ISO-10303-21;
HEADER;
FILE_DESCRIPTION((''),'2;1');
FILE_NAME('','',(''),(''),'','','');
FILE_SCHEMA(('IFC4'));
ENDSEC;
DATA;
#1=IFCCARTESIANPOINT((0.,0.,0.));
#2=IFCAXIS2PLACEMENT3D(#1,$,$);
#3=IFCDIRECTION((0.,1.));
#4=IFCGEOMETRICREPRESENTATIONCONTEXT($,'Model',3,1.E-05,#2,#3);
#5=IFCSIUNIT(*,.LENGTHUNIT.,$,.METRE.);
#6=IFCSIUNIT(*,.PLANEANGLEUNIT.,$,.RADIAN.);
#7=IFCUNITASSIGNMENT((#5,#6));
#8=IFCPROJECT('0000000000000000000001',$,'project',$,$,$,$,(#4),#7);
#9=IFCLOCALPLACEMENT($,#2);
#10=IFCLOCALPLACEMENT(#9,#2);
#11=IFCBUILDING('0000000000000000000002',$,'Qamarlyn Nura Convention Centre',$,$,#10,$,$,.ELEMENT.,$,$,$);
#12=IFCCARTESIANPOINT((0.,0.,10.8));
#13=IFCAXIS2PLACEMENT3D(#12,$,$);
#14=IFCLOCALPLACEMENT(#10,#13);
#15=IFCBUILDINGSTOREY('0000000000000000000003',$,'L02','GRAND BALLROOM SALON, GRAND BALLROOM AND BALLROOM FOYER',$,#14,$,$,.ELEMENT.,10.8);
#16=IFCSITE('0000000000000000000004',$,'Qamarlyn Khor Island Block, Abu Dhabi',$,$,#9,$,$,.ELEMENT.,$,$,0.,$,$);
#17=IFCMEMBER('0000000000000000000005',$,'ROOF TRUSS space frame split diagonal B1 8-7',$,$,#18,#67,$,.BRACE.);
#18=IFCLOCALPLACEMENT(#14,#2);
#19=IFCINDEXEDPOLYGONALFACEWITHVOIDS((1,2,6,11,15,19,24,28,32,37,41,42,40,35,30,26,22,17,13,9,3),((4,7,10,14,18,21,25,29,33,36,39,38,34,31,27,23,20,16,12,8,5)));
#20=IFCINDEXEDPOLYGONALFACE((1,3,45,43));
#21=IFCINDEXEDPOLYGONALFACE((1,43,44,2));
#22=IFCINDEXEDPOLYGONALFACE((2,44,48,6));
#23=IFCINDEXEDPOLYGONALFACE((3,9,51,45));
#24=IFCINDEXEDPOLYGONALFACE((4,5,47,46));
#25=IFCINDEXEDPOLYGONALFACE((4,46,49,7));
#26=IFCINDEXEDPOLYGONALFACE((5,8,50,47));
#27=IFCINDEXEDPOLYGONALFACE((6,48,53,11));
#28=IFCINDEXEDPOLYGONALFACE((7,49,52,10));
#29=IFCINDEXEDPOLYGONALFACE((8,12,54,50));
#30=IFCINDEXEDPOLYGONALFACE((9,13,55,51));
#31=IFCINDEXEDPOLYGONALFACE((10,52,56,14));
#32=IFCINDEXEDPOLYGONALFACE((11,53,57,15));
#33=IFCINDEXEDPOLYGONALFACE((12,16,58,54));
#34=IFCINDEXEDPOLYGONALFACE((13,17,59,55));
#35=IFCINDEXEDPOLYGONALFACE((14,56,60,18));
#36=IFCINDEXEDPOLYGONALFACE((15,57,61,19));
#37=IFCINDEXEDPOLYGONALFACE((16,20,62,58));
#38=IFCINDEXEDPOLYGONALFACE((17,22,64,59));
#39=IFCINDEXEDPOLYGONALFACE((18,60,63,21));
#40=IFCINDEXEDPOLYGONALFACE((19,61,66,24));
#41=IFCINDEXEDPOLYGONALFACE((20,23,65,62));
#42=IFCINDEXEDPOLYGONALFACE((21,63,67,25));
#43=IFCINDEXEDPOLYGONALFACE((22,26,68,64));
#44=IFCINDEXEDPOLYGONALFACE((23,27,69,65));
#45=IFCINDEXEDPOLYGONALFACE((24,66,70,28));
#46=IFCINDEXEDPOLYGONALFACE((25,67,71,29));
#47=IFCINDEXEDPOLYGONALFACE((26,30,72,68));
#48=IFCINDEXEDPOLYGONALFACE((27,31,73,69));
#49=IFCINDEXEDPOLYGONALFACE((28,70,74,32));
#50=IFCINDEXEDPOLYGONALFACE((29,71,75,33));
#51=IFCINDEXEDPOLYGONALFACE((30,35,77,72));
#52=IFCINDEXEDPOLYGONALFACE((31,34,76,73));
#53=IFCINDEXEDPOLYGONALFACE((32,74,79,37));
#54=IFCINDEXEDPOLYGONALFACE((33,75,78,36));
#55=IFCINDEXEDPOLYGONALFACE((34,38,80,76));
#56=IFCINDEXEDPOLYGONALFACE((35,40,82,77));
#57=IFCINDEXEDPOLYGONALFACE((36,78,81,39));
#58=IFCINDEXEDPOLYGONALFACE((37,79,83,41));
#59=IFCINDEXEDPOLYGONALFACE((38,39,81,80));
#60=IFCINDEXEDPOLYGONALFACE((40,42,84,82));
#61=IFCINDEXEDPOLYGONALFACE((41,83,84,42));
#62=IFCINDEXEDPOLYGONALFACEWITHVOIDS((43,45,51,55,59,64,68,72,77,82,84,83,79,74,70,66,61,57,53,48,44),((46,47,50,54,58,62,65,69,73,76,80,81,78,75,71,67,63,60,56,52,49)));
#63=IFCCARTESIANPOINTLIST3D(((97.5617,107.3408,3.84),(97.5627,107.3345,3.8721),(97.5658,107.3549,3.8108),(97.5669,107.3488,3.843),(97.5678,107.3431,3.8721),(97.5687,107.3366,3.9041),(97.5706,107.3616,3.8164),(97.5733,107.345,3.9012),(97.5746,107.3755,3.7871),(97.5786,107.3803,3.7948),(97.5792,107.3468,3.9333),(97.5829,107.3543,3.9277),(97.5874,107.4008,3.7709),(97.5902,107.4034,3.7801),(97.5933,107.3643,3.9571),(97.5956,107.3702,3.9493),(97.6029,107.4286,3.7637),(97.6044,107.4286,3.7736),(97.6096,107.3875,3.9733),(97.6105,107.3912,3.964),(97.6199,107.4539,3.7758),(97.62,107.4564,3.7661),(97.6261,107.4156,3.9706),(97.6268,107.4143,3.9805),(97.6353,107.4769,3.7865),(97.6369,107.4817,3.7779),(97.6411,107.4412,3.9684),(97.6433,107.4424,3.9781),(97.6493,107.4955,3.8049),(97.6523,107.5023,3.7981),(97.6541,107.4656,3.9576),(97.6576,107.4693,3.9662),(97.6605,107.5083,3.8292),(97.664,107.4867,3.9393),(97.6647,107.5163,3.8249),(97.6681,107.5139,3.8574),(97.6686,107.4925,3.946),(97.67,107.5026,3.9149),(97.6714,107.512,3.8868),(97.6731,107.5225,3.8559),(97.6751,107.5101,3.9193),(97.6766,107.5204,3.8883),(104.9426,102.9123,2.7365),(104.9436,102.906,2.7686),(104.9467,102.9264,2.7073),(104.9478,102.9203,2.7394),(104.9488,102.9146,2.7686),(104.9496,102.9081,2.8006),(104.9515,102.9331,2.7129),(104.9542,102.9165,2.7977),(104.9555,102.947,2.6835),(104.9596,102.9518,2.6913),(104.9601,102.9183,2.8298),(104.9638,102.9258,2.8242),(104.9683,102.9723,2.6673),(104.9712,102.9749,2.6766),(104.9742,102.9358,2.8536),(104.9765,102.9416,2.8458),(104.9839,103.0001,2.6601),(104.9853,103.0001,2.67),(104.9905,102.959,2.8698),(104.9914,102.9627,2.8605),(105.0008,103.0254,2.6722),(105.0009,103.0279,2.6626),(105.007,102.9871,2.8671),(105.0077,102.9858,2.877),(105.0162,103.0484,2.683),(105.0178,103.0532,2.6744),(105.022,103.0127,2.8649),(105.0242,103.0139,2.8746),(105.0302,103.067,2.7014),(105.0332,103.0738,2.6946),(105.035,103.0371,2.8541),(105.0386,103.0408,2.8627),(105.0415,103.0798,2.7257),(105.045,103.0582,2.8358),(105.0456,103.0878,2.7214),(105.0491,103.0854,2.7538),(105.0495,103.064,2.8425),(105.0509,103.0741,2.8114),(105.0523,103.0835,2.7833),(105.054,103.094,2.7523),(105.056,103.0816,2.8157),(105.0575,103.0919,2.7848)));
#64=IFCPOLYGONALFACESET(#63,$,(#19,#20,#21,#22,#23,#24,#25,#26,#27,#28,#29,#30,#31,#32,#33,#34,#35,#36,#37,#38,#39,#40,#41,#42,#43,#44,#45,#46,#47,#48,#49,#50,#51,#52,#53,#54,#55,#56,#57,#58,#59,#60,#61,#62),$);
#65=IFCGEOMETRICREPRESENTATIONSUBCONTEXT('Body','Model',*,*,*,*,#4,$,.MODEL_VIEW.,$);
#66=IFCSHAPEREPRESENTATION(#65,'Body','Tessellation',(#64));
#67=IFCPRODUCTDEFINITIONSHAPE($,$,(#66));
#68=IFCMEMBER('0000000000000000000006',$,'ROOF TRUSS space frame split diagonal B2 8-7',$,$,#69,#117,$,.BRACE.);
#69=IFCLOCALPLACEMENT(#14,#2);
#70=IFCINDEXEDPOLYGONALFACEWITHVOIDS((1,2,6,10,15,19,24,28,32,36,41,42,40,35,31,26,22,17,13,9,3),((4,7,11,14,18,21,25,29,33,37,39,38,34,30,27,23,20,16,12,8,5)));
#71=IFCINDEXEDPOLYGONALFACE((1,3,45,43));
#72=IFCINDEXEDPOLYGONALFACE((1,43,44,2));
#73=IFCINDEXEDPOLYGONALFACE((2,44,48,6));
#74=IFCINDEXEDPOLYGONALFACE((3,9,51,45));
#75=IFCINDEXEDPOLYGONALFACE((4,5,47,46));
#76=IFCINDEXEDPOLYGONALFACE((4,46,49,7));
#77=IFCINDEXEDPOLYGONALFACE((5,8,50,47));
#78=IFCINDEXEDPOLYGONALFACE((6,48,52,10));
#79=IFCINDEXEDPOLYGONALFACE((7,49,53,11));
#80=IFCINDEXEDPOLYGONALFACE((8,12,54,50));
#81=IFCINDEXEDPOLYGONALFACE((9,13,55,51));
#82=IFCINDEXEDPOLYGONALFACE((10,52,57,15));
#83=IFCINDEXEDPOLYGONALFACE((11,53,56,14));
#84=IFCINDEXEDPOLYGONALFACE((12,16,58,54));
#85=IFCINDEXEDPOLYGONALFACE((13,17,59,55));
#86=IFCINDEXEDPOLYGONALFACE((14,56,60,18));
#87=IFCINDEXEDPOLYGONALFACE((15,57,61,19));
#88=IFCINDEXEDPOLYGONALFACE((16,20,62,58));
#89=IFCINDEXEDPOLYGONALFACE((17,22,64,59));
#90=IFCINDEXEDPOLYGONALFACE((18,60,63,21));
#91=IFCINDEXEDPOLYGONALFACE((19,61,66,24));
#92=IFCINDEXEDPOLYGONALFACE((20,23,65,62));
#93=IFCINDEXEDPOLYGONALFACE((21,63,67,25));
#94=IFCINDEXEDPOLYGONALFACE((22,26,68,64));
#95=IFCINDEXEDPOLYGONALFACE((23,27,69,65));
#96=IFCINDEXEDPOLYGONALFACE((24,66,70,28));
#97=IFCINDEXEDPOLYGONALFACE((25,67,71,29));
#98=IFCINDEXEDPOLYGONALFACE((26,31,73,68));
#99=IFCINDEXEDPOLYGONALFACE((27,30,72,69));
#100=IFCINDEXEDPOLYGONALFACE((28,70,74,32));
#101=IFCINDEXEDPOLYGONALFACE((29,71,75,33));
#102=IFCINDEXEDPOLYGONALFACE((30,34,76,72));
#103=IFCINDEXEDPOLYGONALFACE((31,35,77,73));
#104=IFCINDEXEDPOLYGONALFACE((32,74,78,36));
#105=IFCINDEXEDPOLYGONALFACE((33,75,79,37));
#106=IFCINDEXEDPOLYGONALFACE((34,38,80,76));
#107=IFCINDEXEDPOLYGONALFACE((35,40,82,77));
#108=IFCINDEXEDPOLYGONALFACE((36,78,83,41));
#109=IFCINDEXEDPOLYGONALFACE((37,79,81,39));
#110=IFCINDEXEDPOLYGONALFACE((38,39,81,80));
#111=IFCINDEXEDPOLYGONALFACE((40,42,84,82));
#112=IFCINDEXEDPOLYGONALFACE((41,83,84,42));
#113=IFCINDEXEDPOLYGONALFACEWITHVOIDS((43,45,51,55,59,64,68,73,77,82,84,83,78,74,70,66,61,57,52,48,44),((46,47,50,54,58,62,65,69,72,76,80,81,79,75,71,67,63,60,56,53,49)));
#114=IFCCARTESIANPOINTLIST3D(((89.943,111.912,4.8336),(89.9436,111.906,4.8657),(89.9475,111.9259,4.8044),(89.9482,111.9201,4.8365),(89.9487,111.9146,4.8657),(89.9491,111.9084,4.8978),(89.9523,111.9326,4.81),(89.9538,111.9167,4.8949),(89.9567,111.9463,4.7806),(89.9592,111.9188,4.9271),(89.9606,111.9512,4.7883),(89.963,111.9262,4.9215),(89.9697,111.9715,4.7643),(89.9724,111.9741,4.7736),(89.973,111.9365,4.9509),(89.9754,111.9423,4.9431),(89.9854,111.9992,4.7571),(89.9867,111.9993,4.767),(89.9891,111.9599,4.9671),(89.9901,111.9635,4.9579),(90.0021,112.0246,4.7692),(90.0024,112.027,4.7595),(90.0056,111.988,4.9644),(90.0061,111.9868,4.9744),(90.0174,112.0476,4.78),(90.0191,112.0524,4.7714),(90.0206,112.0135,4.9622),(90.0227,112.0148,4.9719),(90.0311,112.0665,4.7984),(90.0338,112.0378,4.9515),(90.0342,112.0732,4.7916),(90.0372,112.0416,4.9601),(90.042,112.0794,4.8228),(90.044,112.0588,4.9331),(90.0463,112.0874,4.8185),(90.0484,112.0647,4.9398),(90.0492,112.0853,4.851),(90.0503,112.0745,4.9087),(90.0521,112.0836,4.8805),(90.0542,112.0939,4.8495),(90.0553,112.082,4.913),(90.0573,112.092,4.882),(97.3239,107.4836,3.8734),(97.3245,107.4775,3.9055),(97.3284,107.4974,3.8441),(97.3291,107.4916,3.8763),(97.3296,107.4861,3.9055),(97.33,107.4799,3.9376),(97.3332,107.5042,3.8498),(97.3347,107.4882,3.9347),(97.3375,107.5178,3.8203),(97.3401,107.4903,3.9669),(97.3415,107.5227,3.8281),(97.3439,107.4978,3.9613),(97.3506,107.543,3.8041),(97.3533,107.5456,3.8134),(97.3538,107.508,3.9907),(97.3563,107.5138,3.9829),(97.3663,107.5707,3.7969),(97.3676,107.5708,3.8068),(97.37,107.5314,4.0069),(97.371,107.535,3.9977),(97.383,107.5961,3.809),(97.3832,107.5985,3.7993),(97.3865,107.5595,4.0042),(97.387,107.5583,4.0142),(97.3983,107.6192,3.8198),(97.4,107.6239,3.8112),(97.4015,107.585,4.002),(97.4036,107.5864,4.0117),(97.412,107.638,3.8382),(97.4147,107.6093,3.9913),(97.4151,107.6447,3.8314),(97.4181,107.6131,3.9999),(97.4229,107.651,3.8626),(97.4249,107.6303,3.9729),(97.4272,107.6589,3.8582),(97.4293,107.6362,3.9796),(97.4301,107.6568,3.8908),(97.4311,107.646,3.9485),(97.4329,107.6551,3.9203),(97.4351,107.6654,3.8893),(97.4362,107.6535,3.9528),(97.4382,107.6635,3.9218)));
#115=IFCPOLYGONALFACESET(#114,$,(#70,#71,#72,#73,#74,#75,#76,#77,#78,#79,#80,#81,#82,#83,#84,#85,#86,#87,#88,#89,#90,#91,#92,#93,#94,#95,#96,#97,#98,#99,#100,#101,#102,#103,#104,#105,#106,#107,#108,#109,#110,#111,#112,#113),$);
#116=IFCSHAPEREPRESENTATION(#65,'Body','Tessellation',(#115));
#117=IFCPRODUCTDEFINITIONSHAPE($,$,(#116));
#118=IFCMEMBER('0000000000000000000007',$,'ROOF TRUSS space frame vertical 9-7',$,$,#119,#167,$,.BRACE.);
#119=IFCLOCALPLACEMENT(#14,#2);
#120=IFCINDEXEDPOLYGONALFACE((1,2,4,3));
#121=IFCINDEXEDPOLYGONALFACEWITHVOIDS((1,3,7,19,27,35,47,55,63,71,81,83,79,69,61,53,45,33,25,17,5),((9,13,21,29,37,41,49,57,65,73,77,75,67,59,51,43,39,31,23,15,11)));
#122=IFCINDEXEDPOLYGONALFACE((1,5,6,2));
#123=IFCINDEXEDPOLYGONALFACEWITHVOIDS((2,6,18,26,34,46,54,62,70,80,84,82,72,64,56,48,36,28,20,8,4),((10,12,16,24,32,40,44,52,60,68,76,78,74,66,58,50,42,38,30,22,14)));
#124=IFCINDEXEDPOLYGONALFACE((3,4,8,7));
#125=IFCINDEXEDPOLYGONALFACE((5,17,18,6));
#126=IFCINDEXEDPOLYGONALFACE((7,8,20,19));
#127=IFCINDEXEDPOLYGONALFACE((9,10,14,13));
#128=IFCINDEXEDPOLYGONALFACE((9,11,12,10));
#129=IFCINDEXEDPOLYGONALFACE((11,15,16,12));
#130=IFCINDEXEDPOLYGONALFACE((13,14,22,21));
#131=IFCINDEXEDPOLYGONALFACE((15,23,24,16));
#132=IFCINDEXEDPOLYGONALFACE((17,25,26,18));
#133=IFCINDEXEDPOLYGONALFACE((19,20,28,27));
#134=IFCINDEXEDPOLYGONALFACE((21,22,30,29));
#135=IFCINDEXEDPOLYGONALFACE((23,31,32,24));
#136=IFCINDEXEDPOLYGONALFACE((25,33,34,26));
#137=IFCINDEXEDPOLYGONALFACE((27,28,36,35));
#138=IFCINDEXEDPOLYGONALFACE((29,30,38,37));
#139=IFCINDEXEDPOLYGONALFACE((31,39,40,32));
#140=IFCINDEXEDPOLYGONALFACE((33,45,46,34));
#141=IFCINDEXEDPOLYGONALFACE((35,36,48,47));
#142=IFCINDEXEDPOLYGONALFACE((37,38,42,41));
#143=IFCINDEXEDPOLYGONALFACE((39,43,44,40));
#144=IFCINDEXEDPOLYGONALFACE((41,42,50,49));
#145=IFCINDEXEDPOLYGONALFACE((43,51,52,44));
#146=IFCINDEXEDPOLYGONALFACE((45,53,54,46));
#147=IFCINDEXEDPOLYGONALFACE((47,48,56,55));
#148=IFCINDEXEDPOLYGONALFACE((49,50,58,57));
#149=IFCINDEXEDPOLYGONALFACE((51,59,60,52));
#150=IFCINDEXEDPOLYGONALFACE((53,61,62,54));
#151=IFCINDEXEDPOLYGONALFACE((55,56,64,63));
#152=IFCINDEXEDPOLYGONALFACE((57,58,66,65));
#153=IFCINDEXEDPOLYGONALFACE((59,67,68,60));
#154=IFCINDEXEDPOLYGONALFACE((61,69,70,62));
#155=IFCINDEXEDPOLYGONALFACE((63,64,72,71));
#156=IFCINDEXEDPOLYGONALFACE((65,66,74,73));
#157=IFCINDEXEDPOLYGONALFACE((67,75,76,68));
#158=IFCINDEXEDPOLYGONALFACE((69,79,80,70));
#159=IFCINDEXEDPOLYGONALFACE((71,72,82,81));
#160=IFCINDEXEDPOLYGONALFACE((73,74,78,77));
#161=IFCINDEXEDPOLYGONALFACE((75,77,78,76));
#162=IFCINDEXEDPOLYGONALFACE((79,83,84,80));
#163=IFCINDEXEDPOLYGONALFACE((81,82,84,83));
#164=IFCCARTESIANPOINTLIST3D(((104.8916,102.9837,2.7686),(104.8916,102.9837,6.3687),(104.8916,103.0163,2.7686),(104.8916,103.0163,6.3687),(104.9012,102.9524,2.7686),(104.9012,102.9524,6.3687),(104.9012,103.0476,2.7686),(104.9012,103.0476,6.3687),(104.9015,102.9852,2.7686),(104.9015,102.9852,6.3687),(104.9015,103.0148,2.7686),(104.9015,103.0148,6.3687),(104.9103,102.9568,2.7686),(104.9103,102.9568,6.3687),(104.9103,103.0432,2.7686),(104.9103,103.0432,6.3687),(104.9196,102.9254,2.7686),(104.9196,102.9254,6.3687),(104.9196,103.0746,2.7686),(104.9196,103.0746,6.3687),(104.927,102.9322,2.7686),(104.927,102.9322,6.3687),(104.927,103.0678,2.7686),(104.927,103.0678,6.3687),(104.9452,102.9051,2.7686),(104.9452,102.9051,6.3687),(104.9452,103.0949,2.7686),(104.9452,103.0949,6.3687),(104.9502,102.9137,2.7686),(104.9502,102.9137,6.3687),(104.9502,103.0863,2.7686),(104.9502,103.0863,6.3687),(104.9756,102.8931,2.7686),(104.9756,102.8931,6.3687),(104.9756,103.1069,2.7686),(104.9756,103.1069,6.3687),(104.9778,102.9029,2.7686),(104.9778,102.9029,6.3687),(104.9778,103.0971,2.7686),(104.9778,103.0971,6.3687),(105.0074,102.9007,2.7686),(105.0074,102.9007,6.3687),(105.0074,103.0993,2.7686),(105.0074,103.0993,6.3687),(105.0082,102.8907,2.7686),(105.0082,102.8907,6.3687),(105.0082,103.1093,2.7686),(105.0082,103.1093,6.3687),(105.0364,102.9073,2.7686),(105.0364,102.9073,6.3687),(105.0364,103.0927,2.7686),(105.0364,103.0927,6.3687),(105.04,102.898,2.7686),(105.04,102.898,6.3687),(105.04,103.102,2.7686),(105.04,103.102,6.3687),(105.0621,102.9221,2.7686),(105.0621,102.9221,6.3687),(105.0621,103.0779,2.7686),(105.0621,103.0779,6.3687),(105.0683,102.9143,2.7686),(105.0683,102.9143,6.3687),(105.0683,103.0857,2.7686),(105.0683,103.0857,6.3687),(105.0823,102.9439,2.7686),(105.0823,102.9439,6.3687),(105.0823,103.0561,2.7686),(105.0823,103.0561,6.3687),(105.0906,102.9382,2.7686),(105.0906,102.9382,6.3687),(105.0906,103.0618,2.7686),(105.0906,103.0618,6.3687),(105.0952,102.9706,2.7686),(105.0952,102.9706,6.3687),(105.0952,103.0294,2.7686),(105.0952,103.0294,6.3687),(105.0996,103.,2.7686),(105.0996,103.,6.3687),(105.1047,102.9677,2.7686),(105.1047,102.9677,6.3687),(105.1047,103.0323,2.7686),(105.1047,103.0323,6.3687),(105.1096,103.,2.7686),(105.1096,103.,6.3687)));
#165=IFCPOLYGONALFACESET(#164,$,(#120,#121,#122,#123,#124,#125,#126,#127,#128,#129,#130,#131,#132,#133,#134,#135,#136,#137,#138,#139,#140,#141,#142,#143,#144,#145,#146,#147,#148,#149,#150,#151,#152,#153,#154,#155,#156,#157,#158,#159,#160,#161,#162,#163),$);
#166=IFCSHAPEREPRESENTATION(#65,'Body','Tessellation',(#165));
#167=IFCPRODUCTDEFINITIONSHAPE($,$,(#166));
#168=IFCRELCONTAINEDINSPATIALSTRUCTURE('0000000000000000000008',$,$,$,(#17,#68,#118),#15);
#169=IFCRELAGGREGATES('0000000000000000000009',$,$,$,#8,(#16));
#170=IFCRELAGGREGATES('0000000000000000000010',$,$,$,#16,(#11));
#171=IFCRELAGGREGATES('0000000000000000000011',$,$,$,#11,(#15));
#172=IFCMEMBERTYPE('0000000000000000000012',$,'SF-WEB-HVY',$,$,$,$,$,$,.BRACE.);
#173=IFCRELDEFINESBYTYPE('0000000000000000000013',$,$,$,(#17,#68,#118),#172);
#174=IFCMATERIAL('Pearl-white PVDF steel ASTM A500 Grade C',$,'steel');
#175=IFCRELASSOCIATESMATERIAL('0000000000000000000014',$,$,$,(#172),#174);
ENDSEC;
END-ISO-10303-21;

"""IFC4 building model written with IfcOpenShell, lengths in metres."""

from ifc_helpers import new_model, si_unit, direction, frame, origin, origin_2d, place, context, subcontext, project, spatial, hollow_circle, extrude, material, material_profile, profile_set, type_object, element, save


model = new_model("IFC4")

# Units and contexts
model_context = context("Model", 3, precision=1e-05, world=origin(), true_north=direction((0.0, 1.0)))
body_context = subcontext(model_context, "Body", "Model", "MODEL_VIEW")
ifc_project = project(units=[si_unit("LENGTHUNIT", "METRE"), si_unit("PLANEANGLEUNIT", "RADIAN")], contexts=[model_context])

# Site, building, storey
site_placement = place(None, origin())
site = spatial("IfcSite", under=ifc_project, at=site_placement, Name="Qamarlyn Khor Island Block, Abu Dhabi", CompositionType="ELEMENT", RefElevation=0.0)
building_placement = place(site_placement, origin())
building = spatial("IfcBuilding", under=site, at=building_placement, Name="Qamarlyn Nura Convention Centre", CompositionType="ELEMENT")
storey_placement = place(building_placement, frame((0.0, 0.0, 10.8)))
storey = spatial("IfcBuildingStorey", under=building, at=storey_placement, Name="L02", Description="GRAND BALLROOM SALON, GRAND BALLROOM AND BALLROOM FOYER", CompositionType="ELEMENT", Elevation=10.8)

# Members
ifc_material_1 = material(Name="Pearl-white PVDF steel ASTM A500 Grade C", Category="steel")
ifc_material_profile_1 = material_profile(ifc_material_1, hollow_circle(Radius=0.1096, WallThickness=0.01, at=origin_2d()), Name="CHS219.1X10")
ifc_profile_set_1 = profile_set([ifc_material_profile_1], Name="Pearl-white PVDF steel ASTM A500 Grade C")
member_type_1 = type_object("IfcMemberType", Name="SF-WEB-HVY", PredefinedType="BRACE", material=ifc_profile_set_1)
member_1_placement = place(storey_placement, frame((105.0, 103.0, 2.7686), z_axis=(-0.850534, 0.510315, 0.127164), x_axis=(-0.514492, -0.857495, 0.0)))
element("IfcMember", 1, at=member_1_placement, inside=storey, type_object=member_type_1, Name="ROOF TRUSS space frame split diagonal B1 8-7", PredefinedType="BRACE", context=body_context, shape_type="SweptSolid", body=[
    extrude(hollow_circle(Radius=0.1096, WallThickness=0.01, at=origin_2d()), origin(), (0.0, 0.0, 1.0), 8.678),
])
member_2_placement = place(storey_placement, frame((97.3809, 107.5715, 3.9055), z_axis=(-0.852209, 0.51132, 0.110867), x_axis=(-0.514492, -0.857495, 0.0)))
element("IfcMember", 2, at=member_2_placement, inside=storey, type_object=member_type_1, Name="ROOF TRUSS space frame split diagonal B2 8-7", PredefinedType="BRACE", context=body_context, shape_type="SweptSolid", body=[
    extrude(hollow_circle(Radius=0.1096, WallThickness=0.01, at=origin_2d()), origin(), (0.0, 0.0, 1.0), 8.6609),
])
member_3_placement = place(storey_placement, frame((105.0, 103.0, 2.7686), z_axis=(0.0, 0.0, 1.0), x_axis=(1.0, 0.0, 0.0)))
element("IfcMember", 3, at=member_3_placement, inside=storey, type_object=member_type_1, Name="ROOF TRUSS space frame vertical 9-7", PredefinedType="BRACE", context=body_context, shape_type="SweptSolid", body=[
    extrude(hollow_circle(Radius=0.1096, WallThickness=0.01, at=origin_2d()), origin(), (0.0, 0.0, 1.0), 3.6001),
])

save(model, "model.ifc")
